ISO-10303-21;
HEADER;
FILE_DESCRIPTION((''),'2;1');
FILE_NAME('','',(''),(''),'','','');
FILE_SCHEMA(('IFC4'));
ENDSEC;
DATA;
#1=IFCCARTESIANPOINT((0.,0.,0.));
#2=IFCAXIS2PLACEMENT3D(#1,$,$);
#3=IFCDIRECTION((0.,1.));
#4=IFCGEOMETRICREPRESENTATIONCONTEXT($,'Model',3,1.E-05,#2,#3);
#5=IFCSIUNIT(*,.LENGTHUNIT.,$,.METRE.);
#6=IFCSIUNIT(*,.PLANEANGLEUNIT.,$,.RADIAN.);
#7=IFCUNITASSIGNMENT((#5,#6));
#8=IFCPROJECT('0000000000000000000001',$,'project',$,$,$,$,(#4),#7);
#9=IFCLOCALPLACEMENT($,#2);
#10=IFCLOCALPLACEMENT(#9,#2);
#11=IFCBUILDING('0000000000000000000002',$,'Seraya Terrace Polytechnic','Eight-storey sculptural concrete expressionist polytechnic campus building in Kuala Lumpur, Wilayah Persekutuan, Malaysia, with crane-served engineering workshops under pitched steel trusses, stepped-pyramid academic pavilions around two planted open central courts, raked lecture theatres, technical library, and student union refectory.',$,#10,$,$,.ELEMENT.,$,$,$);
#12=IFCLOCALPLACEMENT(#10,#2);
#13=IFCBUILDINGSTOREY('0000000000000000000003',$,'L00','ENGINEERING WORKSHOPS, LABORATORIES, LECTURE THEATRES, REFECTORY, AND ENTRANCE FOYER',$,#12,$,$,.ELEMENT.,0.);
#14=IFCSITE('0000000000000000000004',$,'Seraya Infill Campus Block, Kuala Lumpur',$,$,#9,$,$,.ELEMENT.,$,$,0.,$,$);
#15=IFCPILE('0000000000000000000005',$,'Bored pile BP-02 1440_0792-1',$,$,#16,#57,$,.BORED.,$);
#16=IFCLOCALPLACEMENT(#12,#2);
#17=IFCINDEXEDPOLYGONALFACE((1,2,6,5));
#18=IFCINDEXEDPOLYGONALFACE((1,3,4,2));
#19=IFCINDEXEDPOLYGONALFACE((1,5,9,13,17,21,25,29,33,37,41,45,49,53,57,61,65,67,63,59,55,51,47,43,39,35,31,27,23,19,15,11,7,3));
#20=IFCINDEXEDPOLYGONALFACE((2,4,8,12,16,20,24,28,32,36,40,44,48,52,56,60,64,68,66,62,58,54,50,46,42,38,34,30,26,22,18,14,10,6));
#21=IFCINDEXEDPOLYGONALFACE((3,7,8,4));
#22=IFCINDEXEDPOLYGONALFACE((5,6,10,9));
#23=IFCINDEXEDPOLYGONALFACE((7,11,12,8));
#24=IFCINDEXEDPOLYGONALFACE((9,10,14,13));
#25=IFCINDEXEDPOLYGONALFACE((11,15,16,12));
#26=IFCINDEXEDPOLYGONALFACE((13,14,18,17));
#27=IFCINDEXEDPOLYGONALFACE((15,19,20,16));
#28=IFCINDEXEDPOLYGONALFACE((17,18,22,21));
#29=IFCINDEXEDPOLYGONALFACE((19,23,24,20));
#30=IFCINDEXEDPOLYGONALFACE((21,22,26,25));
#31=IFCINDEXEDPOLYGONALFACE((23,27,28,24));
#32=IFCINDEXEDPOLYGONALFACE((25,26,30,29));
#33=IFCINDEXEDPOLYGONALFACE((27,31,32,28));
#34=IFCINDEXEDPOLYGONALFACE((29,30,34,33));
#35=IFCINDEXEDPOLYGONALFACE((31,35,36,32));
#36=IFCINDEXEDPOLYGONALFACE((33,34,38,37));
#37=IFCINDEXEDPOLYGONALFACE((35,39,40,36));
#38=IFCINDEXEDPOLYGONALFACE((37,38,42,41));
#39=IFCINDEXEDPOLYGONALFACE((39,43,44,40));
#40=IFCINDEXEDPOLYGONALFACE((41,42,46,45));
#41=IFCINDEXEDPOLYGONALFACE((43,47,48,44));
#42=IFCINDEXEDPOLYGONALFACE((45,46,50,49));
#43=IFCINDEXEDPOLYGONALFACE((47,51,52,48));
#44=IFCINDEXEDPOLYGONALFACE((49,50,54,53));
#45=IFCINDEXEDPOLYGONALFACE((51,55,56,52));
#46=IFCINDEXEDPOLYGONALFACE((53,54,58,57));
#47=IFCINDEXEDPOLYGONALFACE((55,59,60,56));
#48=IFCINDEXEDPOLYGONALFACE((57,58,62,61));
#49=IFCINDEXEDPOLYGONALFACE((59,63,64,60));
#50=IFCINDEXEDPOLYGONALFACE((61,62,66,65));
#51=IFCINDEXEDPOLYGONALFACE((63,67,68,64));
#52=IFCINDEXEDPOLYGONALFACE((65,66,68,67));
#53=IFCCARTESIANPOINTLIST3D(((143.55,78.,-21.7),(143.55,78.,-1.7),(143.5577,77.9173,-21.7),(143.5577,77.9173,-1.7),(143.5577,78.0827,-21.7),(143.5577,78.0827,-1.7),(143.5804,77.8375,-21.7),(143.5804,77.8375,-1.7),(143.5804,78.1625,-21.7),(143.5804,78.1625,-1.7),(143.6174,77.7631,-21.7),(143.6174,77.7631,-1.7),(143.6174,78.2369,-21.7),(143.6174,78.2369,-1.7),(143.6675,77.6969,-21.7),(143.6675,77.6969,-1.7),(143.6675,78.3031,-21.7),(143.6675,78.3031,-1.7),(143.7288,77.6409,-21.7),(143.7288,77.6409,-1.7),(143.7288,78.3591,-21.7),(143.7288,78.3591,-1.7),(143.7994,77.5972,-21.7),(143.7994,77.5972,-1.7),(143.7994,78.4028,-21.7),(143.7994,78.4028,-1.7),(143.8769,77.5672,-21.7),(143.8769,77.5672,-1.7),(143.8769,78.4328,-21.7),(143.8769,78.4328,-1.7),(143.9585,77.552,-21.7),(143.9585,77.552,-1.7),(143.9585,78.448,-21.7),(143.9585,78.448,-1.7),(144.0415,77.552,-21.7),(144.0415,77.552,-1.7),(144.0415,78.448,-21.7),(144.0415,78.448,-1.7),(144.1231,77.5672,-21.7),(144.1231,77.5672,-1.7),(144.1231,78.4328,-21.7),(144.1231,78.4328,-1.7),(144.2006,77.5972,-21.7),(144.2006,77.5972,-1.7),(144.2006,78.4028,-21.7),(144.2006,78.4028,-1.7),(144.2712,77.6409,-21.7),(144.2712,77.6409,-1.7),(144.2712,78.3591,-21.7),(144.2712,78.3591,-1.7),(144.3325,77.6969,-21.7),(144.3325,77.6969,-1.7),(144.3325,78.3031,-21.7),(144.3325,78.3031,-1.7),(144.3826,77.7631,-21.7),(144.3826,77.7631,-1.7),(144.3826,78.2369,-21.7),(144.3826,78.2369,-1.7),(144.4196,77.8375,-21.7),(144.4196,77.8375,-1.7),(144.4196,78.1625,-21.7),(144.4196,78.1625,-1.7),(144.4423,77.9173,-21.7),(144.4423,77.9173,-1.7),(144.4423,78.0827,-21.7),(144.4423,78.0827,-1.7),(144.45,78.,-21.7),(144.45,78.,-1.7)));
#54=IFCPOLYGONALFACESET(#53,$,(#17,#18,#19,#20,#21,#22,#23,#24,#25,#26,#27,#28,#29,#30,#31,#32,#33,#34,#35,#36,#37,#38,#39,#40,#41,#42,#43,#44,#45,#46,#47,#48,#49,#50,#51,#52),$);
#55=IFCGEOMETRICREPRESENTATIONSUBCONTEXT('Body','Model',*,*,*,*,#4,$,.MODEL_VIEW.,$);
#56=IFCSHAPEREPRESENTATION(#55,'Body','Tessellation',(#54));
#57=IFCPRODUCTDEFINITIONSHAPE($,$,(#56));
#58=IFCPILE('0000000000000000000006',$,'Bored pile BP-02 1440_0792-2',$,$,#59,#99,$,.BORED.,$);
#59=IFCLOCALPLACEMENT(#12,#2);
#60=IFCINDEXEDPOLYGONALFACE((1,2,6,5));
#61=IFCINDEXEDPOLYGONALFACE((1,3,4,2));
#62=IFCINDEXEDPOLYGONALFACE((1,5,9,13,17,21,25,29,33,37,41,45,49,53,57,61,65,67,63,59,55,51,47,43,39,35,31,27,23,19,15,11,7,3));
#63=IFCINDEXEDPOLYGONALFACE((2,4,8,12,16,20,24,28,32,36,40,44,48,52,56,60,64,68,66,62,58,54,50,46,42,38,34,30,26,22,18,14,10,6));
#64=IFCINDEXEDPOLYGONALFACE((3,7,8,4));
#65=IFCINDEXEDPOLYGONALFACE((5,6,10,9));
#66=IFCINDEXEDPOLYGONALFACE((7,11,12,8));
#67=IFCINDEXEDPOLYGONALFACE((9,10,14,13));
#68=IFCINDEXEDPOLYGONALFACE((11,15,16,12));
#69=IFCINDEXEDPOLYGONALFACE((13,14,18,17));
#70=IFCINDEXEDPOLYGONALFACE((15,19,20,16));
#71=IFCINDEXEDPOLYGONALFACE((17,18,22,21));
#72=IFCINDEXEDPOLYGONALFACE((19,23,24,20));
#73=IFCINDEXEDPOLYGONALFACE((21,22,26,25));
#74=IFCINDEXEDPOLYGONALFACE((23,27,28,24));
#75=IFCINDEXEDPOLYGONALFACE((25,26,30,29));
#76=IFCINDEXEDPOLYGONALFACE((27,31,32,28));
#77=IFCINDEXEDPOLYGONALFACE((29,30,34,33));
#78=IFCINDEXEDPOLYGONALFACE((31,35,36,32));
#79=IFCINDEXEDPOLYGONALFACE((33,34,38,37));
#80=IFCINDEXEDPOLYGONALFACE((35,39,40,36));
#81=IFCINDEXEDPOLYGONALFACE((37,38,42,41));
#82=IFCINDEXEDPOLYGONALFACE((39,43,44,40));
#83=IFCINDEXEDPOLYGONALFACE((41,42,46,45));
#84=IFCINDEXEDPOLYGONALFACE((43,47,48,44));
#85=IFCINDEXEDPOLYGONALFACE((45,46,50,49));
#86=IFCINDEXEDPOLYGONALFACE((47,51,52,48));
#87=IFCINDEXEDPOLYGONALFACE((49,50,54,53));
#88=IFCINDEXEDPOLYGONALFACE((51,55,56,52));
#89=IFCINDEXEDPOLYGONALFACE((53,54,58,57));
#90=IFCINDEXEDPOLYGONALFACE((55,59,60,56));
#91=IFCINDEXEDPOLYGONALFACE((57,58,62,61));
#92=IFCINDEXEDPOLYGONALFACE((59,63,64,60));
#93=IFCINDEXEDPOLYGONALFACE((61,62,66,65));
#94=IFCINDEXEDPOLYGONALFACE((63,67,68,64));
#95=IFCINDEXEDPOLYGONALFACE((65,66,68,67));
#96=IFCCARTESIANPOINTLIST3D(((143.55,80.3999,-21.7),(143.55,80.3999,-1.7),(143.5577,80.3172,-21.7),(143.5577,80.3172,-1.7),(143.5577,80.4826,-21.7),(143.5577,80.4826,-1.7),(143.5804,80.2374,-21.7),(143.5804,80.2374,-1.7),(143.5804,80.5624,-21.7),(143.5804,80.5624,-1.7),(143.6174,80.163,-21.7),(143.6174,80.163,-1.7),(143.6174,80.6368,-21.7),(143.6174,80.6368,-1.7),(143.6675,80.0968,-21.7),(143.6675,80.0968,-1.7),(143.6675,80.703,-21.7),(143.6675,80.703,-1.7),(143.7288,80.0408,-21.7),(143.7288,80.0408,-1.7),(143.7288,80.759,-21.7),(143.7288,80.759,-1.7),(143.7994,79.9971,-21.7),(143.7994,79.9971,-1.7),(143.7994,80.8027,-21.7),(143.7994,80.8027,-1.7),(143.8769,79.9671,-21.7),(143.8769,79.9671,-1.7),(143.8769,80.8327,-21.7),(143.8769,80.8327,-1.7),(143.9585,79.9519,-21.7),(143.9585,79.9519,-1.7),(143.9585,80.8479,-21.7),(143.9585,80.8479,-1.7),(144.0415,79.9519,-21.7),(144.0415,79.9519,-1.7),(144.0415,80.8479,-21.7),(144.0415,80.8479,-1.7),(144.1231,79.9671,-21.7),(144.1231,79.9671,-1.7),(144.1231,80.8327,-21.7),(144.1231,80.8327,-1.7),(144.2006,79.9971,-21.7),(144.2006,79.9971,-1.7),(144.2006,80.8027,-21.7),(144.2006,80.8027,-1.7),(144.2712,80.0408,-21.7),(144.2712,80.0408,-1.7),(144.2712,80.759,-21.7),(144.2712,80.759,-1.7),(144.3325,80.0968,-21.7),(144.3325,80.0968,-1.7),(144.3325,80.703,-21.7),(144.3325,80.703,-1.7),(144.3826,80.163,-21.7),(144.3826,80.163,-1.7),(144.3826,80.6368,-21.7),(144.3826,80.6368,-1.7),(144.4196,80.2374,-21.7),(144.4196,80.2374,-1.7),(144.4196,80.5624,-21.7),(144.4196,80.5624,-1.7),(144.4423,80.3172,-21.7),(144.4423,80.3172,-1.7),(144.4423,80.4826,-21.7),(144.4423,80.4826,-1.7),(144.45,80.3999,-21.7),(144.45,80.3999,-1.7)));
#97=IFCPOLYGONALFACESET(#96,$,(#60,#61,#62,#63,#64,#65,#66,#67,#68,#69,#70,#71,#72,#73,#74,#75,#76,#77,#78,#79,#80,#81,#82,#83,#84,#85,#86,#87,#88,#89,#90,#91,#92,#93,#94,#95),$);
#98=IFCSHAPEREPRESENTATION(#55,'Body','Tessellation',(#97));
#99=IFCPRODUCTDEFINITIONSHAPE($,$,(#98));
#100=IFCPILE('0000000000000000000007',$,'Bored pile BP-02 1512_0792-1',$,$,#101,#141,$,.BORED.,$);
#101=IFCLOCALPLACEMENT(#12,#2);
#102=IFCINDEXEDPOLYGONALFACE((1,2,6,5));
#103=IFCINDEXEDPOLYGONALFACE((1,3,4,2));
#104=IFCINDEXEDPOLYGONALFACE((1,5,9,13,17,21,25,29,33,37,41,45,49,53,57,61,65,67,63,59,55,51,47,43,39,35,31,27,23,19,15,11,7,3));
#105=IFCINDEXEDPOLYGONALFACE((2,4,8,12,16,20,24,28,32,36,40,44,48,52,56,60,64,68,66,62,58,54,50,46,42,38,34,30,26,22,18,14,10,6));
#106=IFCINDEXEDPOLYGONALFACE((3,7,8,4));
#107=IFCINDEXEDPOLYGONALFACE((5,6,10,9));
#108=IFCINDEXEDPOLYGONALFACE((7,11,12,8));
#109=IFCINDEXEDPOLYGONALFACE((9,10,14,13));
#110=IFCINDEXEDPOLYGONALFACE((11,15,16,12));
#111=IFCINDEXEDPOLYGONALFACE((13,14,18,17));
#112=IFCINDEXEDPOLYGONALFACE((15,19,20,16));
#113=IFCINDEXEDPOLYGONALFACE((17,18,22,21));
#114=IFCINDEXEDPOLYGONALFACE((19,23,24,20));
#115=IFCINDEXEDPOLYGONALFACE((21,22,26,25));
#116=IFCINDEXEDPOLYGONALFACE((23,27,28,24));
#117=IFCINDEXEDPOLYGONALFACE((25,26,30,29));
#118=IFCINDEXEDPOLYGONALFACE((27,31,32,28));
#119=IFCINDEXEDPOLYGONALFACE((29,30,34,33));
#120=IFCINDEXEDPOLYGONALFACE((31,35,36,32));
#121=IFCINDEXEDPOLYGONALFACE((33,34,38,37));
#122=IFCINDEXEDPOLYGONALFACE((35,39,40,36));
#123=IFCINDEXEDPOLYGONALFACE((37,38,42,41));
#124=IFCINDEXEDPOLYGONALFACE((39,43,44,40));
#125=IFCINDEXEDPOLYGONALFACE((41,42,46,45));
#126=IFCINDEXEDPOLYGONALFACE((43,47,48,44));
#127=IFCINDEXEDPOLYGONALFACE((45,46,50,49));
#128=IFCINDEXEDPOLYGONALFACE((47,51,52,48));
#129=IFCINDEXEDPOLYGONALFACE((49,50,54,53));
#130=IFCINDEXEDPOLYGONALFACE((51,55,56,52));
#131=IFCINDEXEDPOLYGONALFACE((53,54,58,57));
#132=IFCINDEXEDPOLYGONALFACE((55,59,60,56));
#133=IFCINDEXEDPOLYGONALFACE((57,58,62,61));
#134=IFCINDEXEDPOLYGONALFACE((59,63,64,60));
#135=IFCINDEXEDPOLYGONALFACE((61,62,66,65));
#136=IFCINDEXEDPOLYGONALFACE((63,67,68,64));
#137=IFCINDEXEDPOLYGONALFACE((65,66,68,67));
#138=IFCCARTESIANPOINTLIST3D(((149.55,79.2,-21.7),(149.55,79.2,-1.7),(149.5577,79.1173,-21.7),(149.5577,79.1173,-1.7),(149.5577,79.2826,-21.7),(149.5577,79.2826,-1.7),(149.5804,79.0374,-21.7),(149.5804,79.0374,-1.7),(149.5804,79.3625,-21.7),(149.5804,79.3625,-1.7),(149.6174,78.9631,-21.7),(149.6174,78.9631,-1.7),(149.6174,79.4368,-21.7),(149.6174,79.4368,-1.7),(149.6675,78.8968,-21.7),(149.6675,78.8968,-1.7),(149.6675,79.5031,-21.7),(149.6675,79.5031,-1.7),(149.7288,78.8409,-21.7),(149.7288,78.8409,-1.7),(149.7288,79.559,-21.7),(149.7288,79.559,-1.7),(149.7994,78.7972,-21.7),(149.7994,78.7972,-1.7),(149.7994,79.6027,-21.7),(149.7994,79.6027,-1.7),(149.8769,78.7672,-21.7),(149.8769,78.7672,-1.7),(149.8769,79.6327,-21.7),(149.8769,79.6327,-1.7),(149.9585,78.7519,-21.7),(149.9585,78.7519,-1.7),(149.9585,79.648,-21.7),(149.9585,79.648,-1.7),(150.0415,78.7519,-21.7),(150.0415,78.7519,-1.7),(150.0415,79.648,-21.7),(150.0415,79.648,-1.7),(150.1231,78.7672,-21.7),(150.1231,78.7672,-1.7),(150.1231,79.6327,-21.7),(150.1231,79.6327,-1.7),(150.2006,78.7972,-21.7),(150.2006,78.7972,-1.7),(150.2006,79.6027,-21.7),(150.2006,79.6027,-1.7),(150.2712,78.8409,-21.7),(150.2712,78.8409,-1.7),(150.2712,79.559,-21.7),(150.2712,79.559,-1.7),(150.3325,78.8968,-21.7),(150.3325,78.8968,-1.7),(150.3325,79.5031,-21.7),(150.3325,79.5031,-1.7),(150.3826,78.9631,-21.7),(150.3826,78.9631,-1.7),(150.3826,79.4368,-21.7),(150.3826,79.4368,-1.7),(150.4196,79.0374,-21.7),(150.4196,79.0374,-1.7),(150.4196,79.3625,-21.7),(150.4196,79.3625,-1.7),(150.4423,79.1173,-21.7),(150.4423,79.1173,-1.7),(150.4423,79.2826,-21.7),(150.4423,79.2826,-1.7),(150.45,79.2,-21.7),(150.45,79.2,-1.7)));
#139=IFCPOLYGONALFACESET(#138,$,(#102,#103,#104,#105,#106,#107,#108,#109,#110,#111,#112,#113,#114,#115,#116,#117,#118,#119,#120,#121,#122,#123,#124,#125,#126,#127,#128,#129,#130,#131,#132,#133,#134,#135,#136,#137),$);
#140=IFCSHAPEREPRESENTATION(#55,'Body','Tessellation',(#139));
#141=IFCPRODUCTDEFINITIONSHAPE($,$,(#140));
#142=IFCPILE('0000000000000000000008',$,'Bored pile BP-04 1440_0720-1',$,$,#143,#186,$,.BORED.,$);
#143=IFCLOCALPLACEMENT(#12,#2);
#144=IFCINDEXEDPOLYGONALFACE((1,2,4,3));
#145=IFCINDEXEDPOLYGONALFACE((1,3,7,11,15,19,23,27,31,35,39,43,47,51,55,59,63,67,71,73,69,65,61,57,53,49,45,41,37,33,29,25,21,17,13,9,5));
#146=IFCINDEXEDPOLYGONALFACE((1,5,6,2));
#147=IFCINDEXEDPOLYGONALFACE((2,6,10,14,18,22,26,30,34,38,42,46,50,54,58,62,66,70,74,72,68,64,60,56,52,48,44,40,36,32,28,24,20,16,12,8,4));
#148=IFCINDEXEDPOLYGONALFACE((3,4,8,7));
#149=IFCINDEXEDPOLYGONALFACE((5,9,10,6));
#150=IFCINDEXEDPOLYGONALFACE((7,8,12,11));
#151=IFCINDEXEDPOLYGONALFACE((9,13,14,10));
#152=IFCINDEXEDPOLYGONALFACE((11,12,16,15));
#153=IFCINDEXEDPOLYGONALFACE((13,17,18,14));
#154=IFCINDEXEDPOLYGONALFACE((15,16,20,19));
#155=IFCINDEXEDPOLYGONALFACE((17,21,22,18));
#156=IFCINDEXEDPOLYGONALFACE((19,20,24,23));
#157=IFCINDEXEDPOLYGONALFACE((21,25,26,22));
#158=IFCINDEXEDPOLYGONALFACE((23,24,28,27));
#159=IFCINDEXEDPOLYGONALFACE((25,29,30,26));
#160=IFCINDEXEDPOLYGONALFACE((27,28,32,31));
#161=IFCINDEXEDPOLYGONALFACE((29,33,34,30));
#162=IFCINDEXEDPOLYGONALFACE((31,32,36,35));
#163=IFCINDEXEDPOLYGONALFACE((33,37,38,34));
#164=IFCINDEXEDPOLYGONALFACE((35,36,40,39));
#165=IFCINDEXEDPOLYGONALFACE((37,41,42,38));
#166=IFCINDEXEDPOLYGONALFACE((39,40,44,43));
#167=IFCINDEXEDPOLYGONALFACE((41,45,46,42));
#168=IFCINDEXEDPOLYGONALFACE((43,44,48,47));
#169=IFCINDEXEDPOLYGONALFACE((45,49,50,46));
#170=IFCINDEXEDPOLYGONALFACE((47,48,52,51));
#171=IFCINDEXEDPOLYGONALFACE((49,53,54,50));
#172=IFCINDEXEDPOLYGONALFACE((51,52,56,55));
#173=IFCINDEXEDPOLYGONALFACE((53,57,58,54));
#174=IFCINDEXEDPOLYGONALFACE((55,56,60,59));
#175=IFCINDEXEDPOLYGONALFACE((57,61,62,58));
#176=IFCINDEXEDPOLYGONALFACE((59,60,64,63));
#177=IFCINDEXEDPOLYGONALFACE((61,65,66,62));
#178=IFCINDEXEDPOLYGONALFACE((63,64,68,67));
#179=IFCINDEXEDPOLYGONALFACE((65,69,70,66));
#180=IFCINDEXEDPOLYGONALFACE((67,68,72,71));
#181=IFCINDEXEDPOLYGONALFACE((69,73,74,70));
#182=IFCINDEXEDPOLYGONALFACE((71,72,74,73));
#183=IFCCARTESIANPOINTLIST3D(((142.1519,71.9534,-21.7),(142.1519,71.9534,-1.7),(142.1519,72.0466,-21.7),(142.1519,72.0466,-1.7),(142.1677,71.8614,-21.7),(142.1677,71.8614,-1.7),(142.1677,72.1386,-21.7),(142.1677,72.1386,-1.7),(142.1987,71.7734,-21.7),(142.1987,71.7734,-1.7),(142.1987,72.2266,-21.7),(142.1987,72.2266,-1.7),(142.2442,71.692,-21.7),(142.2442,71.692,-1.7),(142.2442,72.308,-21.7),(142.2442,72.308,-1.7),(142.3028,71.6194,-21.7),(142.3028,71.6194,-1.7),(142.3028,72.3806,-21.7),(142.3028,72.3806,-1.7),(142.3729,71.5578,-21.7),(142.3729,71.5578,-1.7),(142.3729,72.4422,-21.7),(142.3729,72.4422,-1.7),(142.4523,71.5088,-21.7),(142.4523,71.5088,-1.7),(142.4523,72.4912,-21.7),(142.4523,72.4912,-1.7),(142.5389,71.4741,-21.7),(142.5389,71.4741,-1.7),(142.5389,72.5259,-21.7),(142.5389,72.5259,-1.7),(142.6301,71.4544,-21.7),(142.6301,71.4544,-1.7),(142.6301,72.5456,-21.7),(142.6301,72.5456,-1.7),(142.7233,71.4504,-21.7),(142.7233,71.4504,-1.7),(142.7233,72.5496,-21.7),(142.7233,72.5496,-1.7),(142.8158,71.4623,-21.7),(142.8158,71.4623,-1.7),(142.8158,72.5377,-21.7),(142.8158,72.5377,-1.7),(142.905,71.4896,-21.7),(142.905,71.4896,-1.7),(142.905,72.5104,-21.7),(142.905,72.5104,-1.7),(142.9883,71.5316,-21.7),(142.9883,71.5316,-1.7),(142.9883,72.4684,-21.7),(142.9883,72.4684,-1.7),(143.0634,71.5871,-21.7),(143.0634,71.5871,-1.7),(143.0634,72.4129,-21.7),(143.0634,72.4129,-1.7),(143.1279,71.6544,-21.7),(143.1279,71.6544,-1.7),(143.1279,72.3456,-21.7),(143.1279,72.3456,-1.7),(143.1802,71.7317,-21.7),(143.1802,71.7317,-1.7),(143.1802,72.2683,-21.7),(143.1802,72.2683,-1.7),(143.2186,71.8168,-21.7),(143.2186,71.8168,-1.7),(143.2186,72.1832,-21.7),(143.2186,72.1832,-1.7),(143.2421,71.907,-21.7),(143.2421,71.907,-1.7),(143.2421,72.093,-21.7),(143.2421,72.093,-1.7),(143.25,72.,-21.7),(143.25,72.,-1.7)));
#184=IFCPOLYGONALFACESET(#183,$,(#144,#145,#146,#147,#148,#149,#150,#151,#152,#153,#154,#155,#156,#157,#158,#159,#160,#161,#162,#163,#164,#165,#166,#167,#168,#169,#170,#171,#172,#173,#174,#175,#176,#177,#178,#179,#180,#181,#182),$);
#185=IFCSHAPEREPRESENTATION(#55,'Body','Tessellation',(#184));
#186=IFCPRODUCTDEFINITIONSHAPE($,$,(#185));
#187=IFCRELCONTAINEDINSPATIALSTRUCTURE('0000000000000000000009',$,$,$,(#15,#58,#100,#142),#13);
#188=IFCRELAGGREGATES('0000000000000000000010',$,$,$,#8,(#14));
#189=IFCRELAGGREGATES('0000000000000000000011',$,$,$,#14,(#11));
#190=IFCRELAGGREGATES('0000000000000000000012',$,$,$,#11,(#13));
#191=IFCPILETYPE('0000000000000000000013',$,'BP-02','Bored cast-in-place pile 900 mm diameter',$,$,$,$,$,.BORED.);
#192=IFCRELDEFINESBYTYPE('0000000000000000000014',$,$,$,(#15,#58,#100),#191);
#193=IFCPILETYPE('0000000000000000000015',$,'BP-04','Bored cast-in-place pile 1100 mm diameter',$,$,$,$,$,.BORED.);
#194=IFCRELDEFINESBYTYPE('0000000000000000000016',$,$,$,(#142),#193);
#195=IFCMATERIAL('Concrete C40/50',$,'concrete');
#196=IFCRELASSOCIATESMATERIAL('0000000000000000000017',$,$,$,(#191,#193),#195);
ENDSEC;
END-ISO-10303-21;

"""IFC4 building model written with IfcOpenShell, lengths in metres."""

from ifc_helpers import new_model, si_unit, direction, frame, origin, origin_2d, place, context, subcontext, project, spatial, circle, extrude, material, material_profile, profile_set, type_object, element, save


model = new_model("IFC4")

# Units and contexts
model_context = context("Model", 3, precision=1e-05, world=origin(), true_north=direction((0.0, 1.0)))
body_context = subcontext(model_context, "Body", "Model", "MODEL_VIEW")
ifc_project = project(units=[si_unit("LENGTHUNIT", "METRE"), si_unit("PLANEANGLEUNIT", "RADIAN")], contexts=[model_context])

# Site, building, storey
site_placement = place(None, origin())
site = spatial("IfcSite", under=ifc_project, at=site_placement, Name="Seraya Infill Campus Block, Kuala Lumpur", CompositionType="ELEMENT", RefElevation=0.0)
building_placement = place(site_placement, origin())
building = spatial("IfcBuilding", under=site, at=building_placement, Name="Seraya Terrace Polytechnic", Description="Eight-storey sculptural concrete expressionist polytechnic campus building in Kuala Lumpur, Wilayah Persekutuan, Malaysia, with crane-served engineering workshops under pitched steel trusses, stepped-pyramid academic pavilions around two planted open central courts, raked lecture theatres, technical library, and student union refectory.", CompositionType="ELEMENT")
storey_placement = place(building_placement, origin())
storey = spatial("IfcBuildingStorey", under=building, at=storey_placement, Name="L00", Description="ENGINEERING WORKSHOPS, LABORATORIES, LECTURE THEATRES, REFECTORY, AND ENTRANCE FOYER", CompositionType="ELEMENT", Elevation=0.0)

# Piles
ifc_material_1 = material(Name="Concrete C40/50", Category="concrete")
ifc_material_profile_1 = material_profile(ifc_material_1, circle(Radius=0.45, at=origin_2d()), Name="DIA 900")
ifc_profile_set_1 = profile_set([ifc_material_profile_1], Name="Concrete C40/50")
pile_type_1 = type_object("IfcPileType", Name="BP-02", Description="Bored cast-in-place pile 900 mm diameter", PredefinedType="BORED", material=ifc_profile_set_1)
for number, where, z_axis, x_axis, name in (
    (1, (144.0, 78.0, -1.7), (0.0, 0.0, -1.0), (1.0, 0.0, 0.0), "Bored pile BP-02 1440_0792-1"),
    (2, (144.0, 80.3999, -1.7), (0.0, 0.0, -1.0), (1.0, 0.0, 0.0), "Bored pile BP-02 1440_0792-2"),
    (3, (150.0, 79.2, -1.7), (0.0, 0.0, -1.0), (1.0, 0.0, 0.0), "Bored pile BP-02 1512_0792-1"),
):
    element("IfcPile", number, at=place(storey_placement, frame(where, z_axis=z_axis, x_axis=x_axis)), inside=storey, type_object=pile_type_1, Name=name, PredefinedType="BORED", context=body_context, shape_type="SweptSolid", body=[
        extrude(circle(Radius=0.45, at=origin_2d()), origin(), (0.0, 0.0, 1.0), 20.0),
    ])
ifc_material_profile_2 = material_profile(ifc_material_1, circle(Radius=0.55, at=origin_2d()), Name="DIA 1100")
ifc_profile_set_2 = profile_set([ifc_material_profile_2], Name="Concrete C40/50")
pile_type_2 = type_object("IfcPileType", Name="BP-04", Description="Bored cast-in-place pile 1100 mm diameter", PredefinedType="BORED", material=ifc_profile_set_2)
for number, where, z_axis, x_axis, name in (
    (4, (142.7, 72.0, -1.7), (0.0, 0.0, -1.0), (1.0, 0.0, 0.0), "Bored pile BP-04 1440_0720-1"),
):
    element("IfcPile", number, at=place(storey_placement, frame(where, z_axis=z_axis, x_axis=x_axis)), inside=storey, type_object=pile_type_2, Name=name, PredefinedType="BORED", context=body_context, shape_type="SweptSolid", body=[
        extrude(circle(Radius=0.55, at=origin_2d()), origin(), (0.0, 0.0, 1.0), 20.0),
    ])

save(model, "model.ifc")
